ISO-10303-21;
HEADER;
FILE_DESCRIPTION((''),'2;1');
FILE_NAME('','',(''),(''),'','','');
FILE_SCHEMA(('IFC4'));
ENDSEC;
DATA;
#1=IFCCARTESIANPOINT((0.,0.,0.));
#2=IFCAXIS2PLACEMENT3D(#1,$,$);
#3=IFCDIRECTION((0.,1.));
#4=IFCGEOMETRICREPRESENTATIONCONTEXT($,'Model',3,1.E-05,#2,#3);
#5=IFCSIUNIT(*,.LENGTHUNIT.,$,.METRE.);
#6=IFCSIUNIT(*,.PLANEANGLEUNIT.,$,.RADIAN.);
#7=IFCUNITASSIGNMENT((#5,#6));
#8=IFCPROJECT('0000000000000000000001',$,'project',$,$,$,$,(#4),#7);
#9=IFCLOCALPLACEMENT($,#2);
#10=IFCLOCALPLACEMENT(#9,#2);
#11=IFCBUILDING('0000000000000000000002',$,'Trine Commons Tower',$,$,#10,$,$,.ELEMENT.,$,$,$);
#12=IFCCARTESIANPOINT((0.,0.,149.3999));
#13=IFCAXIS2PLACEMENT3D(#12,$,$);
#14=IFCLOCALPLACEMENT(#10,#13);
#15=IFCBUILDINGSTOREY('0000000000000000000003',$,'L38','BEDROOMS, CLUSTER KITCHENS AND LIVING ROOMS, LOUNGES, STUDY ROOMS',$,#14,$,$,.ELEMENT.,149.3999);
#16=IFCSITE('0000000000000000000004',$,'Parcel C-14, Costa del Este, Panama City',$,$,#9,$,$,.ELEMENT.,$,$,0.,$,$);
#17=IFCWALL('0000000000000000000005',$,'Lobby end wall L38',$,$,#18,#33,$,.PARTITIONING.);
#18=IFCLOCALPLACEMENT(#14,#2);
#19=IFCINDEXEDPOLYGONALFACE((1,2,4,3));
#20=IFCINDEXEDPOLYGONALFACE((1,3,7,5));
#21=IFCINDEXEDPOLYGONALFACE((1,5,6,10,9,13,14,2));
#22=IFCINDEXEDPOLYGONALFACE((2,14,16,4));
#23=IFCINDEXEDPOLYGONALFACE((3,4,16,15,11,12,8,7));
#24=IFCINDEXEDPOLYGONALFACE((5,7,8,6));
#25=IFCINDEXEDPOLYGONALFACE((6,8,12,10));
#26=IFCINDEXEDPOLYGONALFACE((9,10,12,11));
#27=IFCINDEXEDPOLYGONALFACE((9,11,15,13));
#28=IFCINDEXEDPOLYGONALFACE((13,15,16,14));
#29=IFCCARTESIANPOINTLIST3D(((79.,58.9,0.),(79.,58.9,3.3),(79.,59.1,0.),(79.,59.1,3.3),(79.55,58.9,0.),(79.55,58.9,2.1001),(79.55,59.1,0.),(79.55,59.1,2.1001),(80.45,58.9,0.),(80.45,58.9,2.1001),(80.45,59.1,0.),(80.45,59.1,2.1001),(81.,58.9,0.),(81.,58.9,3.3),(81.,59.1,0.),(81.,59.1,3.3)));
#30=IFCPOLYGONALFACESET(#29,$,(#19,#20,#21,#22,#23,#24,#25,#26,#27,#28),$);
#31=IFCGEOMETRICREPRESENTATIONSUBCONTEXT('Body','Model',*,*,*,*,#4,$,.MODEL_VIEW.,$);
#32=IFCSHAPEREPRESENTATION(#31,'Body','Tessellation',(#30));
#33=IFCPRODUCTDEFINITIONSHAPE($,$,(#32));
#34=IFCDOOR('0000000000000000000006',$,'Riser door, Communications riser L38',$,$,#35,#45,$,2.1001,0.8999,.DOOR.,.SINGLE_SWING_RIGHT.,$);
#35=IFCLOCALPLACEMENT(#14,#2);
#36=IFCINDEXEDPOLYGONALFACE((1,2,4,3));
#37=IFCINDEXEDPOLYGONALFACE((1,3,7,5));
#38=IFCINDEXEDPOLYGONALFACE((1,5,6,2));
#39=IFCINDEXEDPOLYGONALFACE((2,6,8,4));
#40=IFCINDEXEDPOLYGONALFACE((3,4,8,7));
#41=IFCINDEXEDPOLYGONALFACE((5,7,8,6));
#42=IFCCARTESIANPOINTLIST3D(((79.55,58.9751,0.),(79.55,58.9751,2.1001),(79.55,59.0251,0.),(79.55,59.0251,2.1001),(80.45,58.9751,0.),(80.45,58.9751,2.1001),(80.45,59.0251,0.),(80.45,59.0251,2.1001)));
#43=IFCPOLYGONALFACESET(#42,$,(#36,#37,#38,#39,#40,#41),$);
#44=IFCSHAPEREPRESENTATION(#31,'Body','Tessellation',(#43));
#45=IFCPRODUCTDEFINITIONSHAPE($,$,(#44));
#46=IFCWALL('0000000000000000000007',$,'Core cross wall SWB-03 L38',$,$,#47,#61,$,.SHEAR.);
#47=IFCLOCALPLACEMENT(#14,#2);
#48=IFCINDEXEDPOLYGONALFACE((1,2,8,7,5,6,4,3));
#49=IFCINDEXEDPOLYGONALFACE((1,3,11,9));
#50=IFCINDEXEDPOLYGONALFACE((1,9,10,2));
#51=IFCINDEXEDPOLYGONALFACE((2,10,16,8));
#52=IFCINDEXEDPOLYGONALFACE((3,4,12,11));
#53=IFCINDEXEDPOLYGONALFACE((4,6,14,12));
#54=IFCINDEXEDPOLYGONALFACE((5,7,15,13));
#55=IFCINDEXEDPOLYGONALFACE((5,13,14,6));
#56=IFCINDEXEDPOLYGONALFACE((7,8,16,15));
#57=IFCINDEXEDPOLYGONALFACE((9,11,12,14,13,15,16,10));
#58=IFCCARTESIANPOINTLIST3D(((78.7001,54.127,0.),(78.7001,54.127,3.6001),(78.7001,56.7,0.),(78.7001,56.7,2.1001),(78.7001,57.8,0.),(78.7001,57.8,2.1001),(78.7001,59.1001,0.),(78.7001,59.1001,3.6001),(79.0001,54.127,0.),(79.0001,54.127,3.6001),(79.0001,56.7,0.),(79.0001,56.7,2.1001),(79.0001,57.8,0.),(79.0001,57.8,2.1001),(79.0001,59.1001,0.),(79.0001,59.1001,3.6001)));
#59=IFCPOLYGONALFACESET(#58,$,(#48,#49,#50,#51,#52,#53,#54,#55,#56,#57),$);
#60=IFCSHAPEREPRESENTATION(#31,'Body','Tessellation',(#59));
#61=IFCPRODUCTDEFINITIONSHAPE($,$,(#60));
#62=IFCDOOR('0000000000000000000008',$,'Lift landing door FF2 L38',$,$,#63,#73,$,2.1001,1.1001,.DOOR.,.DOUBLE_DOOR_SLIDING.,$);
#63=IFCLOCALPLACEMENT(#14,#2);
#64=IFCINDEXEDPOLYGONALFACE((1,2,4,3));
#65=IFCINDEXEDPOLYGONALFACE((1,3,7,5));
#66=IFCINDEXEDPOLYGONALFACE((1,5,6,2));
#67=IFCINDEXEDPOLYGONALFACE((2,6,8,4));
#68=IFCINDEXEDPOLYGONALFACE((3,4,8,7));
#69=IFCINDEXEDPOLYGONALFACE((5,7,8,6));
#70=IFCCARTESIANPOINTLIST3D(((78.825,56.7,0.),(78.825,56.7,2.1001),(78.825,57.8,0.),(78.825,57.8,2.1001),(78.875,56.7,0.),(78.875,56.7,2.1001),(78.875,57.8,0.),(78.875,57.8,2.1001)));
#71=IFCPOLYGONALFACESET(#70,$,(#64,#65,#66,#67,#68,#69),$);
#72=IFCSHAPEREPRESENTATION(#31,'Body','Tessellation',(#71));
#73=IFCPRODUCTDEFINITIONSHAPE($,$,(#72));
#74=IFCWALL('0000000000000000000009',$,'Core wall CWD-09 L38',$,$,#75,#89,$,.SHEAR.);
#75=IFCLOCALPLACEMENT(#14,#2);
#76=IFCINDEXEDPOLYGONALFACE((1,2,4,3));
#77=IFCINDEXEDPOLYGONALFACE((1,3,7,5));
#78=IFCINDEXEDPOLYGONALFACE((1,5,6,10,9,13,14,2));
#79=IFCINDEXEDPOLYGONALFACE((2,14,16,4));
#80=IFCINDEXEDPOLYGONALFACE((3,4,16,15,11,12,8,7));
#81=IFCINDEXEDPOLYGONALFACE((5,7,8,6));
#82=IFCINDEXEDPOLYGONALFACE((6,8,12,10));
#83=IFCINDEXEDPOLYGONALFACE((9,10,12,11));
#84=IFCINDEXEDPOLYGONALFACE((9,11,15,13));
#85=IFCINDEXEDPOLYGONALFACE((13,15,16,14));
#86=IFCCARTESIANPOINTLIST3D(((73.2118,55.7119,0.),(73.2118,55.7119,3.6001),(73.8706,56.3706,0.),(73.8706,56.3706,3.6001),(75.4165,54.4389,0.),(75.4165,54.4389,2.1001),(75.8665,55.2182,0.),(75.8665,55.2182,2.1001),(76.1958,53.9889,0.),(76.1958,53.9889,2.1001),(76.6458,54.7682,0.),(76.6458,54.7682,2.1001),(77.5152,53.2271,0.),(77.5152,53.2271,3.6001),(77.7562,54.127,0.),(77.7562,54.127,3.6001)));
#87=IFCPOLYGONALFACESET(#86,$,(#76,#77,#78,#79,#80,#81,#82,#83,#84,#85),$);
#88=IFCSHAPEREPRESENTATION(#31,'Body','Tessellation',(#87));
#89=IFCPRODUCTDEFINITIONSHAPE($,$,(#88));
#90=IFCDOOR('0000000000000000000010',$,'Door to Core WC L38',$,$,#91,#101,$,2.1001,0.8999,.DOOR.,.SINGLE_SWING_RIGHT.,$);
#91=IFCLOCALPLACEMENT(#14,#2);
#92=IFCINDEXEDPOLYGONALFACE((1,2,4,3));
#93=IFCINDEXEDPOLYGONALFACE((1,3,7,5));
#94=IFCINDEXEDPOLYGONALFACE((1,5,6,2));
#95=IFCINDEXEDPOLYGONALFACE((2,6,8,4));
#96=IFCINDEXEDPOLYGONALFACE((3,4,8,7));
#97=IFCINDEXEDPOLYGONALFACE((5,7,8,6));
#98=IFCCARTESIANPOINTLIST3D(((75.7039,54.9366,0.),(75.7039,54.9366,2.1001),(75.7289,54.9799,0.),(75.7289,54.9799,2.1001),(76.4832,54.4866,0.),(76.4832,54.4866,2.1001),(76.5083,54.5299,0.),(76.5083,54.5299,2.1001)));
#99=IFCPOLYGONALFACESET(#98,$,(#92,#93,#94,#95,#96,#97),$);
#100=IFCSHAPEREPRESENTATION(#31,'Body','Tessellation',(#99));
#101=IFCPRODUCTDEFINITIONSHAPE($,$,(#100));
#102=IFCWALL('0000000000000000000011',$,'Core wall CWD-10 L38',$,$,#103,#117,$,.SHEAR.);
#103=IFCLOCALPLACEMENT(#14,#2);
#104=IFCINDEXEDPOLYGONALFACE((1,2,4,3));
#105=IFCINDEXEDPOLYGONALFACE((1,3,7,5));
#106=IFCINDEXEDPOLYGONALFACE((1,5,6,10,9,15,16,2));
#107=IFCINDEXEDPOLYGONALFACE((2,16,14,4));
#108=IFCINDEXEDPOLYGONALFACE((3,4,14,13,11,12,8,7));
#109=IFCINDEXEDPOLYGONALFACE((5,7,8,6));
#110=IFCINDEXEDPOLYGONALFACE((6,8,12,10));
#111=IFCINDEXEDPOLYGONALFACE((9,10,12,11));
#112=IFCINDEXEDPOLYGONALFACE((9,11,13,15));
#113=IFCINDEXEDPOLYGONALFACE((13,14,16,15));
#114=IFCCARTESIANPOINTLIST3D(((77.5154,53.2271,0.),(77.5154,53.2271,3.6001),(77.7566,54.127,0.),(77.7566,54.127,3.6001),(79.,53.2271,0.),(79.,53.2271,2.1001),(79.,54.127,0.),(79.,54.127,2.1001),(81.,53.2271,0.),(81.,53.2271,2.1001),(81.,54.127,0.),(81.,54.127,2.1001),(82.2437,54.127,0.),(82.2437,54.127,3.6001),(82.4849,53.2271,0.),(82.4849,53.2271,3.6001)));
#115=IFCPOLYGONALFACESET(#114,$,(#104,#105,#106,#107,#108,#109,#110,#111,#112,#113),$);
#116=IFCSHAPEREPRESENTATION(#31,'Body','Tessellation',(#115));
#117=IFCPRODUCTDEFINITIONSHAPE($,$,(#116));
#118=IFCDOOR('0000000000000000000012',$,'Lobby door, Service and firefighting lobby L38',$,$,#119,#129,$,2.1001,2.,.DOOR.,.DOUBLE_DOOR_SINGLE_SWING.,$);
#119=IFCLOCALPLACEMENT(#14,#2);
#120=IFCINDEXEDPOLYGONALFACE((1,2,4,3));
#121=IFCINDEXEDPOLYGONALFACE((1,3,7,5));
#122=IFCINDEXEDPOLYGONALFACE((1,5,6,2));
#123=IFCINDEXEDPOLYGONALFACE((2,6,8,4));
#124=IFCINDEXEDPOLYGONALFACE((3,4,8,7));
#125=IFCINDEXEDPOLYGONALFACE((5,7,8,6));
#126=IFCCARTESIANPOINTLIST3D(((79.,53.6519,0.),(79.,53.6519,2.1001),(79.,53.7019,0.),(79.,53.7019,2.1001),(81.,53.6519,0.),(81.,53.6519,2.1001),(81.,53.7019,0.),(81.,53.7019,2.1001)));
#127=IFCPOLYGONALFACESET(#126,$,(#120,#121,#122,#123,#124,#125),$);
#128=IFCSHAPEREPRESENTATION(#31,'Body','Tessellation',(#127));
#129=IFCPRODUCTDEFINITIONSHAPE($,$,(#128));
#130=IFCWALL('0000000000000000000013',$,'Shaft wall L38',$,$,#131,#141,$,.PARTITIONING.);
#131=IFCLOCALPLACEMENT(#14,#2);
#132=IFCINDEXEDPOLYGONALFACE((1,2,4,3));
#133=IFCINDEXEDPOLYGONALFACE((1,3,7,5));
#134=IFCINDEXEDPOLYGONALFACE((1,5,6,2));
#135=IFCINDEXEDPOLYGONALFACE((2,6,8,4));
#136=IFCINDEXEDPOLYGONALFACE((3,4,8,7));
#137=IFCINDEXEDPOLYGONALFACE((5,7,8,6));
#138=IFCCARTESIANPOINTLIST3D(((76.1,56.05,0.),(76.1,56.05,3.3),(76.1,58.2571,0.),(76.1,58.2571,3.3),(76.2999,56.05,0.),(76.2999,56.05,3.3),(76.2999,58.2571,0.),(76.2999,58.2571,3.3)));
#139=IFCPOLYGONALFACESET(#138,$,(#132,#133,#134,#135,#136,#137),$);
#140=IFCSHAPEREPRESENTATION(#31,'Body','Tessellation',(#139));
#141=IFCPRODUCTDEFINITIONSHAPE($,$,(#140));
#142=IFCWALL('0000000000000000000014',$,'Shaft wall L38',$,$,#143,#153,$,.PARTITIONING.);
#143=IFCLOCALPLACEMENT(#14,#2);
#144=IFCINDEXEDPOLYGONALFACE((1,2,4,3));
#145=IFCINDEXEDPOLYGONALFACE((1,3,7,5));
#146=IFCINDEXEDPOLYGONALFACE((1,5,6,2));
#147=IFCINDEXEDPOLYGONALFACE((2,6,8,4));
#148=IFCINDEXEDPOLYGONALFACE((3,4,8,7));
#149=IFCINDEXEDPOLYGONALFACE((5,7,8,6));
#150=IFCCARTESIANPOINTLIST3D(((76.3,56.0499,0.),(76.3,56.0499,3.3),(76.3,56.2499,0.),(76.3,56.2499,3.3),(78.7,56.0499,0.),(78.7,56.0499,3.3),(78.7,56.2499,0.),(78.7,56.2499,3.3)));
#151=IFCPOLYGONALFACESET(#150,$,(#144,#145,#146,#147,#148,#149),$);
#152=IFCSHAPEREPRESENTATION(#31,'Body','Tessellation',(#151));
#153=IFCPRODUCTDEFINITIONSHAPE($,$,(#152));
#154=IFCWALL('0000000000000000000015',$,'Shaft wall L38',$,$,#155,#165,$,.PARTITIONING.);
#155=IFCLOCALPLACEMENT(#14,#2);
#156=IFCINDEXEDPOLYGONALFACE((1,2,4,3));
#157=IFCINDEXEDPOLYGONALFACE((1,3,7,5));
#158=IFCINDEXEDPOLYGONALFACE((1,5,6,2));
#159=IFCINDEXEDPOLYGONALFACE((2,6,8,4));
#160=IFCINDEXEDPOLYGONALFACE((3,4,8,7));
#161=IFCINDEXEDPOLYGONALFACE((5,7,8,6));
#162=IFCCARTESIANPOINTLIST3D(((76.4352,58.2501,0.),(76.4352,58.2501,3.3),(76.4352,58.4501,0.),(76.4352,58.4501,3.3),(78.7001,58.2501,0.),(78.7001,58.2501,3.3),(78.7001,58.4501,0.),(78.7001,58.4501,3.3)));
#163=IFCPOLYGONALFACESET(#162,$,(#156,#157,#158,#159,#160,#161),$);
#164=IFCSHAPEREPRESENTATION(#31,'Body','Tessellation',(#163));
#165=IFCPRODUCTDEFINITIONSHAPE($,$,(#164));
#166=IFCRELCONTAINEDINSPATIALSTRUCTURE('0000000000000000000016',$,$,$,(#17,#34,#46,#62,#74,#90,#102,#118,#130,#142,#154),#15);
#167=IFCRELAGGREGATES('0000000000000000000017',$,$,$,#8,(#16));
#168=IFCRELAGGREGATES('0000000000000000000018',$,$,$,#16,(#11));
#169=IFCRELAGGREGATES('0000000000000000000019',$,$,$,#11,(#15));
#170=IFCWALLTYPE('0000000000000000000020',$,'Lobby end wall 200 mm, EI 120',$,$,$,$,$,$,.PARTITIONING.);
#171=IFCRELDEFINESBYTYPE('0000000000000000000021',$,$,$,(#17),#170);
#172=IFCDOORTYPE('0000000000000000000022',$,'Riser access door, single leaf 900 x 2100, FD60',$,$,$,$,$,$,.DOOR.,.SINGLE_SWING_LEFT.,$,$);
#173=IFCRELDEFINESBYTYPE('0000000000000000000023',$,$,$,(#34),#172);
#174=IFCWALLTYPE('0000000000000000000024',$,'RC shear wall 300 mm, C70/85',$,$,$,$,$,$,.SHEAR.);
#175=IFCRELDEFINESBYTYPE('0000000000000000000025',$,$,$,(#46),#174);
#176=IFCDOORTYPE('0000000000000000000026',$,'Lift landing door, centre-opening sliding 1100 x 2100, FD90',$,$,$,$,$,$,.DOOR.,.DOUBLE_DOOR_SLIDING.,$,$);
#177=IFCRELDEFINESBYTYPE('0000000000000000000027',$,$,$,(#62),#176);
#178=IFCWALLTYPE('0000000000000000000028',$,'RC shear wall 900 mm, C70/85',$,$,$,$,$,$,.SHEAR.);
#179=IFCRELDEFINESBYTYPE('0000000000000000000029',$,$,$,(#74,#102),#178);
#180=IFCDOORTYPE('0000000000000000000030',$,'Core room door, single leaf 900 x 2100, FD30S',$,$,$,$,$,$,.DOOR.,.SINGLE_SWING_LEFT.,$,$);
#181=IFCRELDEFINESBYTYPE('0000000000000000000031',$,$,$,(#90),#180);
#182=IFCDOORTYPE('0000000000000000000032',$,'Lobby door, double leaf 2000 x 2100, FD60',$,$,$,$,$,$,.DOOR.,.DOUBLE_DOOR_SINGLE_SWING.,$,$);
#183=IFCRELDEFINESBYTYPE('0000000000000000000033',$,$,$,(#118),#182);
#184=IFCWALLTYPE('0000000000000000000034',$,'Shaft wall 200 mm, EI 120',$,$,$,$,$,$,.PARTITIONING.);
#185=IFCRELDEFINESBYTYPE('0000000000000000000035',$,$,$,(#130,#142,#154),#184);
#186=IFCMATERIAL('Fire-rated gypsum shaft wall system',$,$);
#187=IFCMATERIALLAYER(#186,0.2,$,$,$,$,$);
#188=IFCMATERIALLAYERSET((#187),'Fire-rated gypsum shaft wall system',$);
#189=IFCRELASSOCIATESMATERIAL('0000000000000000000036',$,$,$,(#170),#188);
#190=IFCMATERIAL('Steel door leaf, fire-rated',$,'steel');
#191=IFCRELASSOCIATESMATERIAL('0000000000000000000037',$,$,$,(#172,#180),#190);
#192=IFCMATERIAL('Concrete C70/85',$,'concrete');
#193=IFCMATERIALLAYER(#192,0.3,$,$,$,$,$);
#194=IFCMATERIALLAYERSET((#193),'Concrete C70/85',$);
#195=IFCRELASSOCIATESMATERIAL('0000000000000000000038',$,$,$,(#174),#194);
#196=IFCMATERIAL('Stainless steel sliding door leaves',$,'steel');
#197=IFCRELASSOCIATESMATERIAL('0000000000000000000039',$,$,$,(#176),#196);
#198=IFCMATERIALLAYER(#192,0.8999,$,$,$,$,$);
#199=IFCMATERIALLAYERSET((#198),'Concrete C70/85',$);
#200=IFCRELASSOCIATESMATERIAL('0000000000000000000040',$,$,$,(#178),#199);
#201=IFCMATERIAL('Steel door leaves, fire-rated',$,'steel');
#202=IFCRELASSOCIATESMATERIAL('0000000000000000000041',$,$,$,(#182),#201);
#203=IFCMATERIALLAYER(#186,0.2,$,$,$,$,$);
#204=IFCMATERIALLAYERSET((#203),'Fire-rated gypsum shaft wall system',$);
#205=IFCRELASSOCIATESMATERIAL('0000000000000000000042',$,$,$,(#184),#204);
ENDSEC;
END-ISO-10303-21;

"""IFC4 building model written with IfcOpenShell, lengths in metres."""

from ifc_helpers import new_model, si_unit, direction, frame, frame_2d, origin, place, context, subcontext, project, spatial, polyline, rectangle, outline, extrude, material, layer, layer_set, type_object, element, fill, save


model = new_model("IFC4")

# Units and contexts
model_context = context("Model", 3, precision=1e-05, world=origin(), true_north=direction((0.0, 1.0)))
body_context = subcontext(model_context, "Body", "Model", "MODEL_VIEW")
ifc_project = project(units=[si_unit("LENGTHUNIT", "METRE"), si_unit("PLANEANGLEUNIT", "RADIAN")], contexts=[model_context])

# Site, building, storey
site_placement = place(None, origin())
site = spatial("IfcSite", under=ifc_project, at=site_placement, Name="Parcel C-14, Costa del Este, Panama City", CompositionType="ELEMENT", RefElevation=0.0)
building_placement = place(site_placement, origin())
building = spatial("IfcBuilding", under=site, at=building_placement, Name="Trine Commons Tower", CompositionType="ELEMENT")
storey_placement = place(building_placement, frame((0.0, 0.0, 149.3999)))
storey = spatial("IfcBuildingStorey", under=building, at=storey_placement, Name="L38", Description="BEDROOMS, CLUSTER KITCHENS AND LIVING ROOMS, LOUNGES, STUDY ROOMS", CompositionType="ELEMENT", Elevation=149.3999)

# Walls, openings, doors
ifc_material_1 = material(Name="Fire-rated gypsum shaft wall system")
ifc_layer_1 = layer(ifc_material_1, 0.2)
ifc_layer_set_1 = layer_set([ifc_layer_1], Name="Fire-rated gypsum shaft wall system")
wall_type_1 = type_object("IfcWallType", Name="Lobby end wall 200 mm, EI 120", PredefinedType="PARTITIONING", material=ifc_layer_set_1)
wall_1_placement = place(storey_placement, frame((79.0, 59.0, 0.0), z_axis=(0.0, 0.0, 1.0), x_axis=(1.0, 0.0, 0.0)))
wall_1 = element("IfcWall", 1, at=wall_1_placement, inside=storey, type_object=wall_type_1, Name="Lobby end wall L38", PredefinedType="PARTITIONING", context=body_context, shape_type="SweptSolid", body=[
    extrude(rectangle(XDim=2.0, YDim=0.2, at=frame_2d((1.0, 0.0))), origin(), (0.0, 0.0, 1.0), 3.3),
])
opening_1_placement = place(wall_1_placement, frame((0.55, 0.0, 0.0)))
opening_1 = element("IfcOpeningElement", 2, at=opening_1_placement, cuts=wall_1, PredefinedType="OPENING", context=body_context, shape_type="SweptSolid", body=[
    extrude(rectangle(XDim=0.8999, YDim=2.1001, at=frame_2d((0.45, 1.05))), frame((0.0, 0.1099, 0.0), z_axis=(0.0, -1.0, 0.0), x_axis=(1.0, 0.0, 0.0)), (0.0, 0.0, 1.0), 0.22),
])
ifc_material_2 = material(Name="Steel door leaf, fire-rated", Category="steel")
door_type_1 = type_object("IfcDoorType", Name="Riser access door, single leaf 900 x 2100, FD60", OperationType="SINGLE_SWING_LEFT", PredefinedType="DOOR", material=ifc_material_2)
door_1_placement = place(opening_1_placement, frame((0.8999, 0.0, 0.0), z_axis=(0.0, 0.0, 1.0), x_axis=(-1.0, 0.0, 0.0)))
door_1 = element("IfcDoor", 3, at=door_1_placement, inside=storey, type_object=door_type_1, Name="Riser door, Communications riser L38", OperationType="SINGLE_SWING_RIGHT", OverallHeight=2.1001, OverallWidth=0.8999, PredefinedType="DOOR", context=body_context, shape_type="SweptSolid", body=[
    extrude(rectangle(XDim=0.8999, YDim=2.1001, at=frame_2d((0.45, 1.05))), frame((0.0, 0.0249, 0.0), z_axis=(0.0, -1.0, 0.0), x_axis=(1.0, 0.0, 0.0)), (0.0, 0.0, 1.0), 0.05),
])
fill(opening_1, door_1)
ifc_material_3 = material(Name="Concrete C70/85", Category="concrete")
ifc_layer_2 = layer(ifc_material_3, 0.3)
ifc_layer_set_2 = layer_set([ifc_layer_2], Name="Concrete C70/85")
wall_type_2 = type_object("IfcWallType", Name="RC shear wall 300 mm, C70/85", PredefinedType="SHEAR", material=ifc_layer_set_2)
wall_2_placement = place(storey_placement, frame((78.8501, 59.1001, 0.0), z_axis=(0.0, 0.0, 1.0), x_axis=(0.0, -1.0, 0.0)))
wall_2 = element("IfcWall", 4, at=wall_2_placement, inside=storey, type_object=wall_type_2, Name="Core cross wall SWB-03 L38", PredefinedType="SHEAR", context=body_context, shape_type="SweptSolid", body=[
    extrude(rectangle(XDim=4.9731, YDim=0.3, at=frame_2d((2.4866, 0.0))), origin(), (0.0, 0.0, 1.0), 3.6001),
])
opening_2_placement = place(wall_2_placement, frame((1.3, 0.0, 0.0)))
opening_2 = element("IfcOpeningElement", 5, at=opening_2_placement, cuts=wall_2, PredefinedType="OPENING", context=body_context, shape_type="SweptSolid", body=[
    extrude(rectangle(XDim=1.1001, YDim=2.1001, at=frame_2d((0.55, 1.05))), frame((0.0, 0.1599, 0.0), z_axis=(0.0, -1.0, 0.0), x_axis=(1.0, 0.0, 0.0)), (0.0, 0.0, 1.0), 0.3201),
])
ifc_material_4 = material(Name="Stainless steel sliding door leaves", Category="steel")
door_type_2 = type_object("IfcDoorType", Name="Lift landing door, centre-opening sliding 1100 x 2100, FD90", OperationType="DOUBLE_DOOR_SLIDING", PredefinedType="DOOR", material=ifc_material_4)
door_2_placement = place(opening_2_placement, origin())
door_2 = element("IfcDoor", 6, at=door_2_placement, inside=storey, type_object=door_type_2, Name="Lift landing door FF2 L38", OperationType="DOUBLE_DOOR_SLIDING", OverallHeight=2.1001, OverallWidth=1.1001, PredefinedType="DOOR", context=body_context, shape_type="SweptSolid", body=[
    extrude(rectangle(XDim=1.1001, YDim=2.1001, at=frame_2d((0.55, 1.05))), frame((0.0, 0.0249, 0.0), z_axis=(0.0, -1.0, 0.0), x_axis=(1.0, 0.0, 0.0)), (0.0, 0.0, 1.0), 0.05),
])
fill(opening_2, door_2)
ifc_layer_3 = layer(ifc_material_3, 0.8999)
ifc_layer_set_3 = layer_set([ifc_layer_3], Name="Concrete C70/85")
wall_type_3 = type_object("IfcWallType", Name="RC shear wall 900 mm, C70/85", PredefinedType="SHEAR", material=ifc_layer_set_3)
wall_3_placement = place(storey_placement, frame((73.4368, 56.1016, 0.0), z_axis=(0.0, 0.0, 1.0), x_axis=(0.866003, -0.500039, 0.0)))
wall_3 = element("IfcWall", 7, at=wall_3_placement, inside=storey, type_object=wall_type_3, Name="Core wall CWD-09 L38", PredefinedType="SHEAR", context=body_context, shape_type="SweptSolid", body=[
    extrude(outline(polyline([(0.0, -0.45), (4.9692, -0.45), (4.728, 0.45), (0.2412, 0.45), (0.0, -0.45)])), origin(), (0.0, 0.0, 1.0), 3.6001),
])
opening_3_placement = place(wall_3_placement, frame((2.5459, 0.0, 0.0)))
opening_3 = element("IfcOpeningElement", 8, at=opening_3_placement, cuts=wall_3, PredefinedType="OPENING", context=body_context, shape_type="SweptSolid", body=[
    extrude(rectangle(XDim=0.8999, YDim=2.1001, at=frame_2d((0.45, 1.05))), frame((0.0, 0.46, 0.0), z_axis=(0.0, -1.0, 0.0), x_axis=(1.0, 0.0, 0.0)), (0.0, 0.0, 1.0), 0.9199),
])
door_type_3 = type_object("IfcDoorType", Name="Core room door, single leaf 900 x 2100, FD30S", OperationType="SINGLE_SWING_LEFT", PredefinedType="DOOR", material=ifc_material_2)
door_3_placement = place(opening_3_placement, origin())
door_3 = element("IfcDoor", 9, at=door_3_placement, inside=storey, type_object=door_type_3, Name="Door to Core WC L38", OperationType="SINGLE_SWING_RIGHT", OverallHeight=2.1001, OverallWidth=0.8999, PredefinedType="DOOR", context=body_context, shape_type="SweptSolid", body=[
    extrude(rectangle(XDim=0.8999, YDim=2.1001, at=frame_2d((0.45, 1.05))), frame((0.0, 0.1748, 0.0), z_axis=(0.0, -1.0, 0.0), x_axis=(1.0, 0.0, 0.0)), (0.0, 0.0, 1.0), 0.05),
])
fill(opening_3, door_3)
wall_4_placement = place(storey_placement, frame((77.5154, 53.677, 0.0), z_axis=(0.0, 0.0, 1.0), x_axis=(1.0, 0.0, 0.0)))
wall_4 = element("IfcWall", 10, at=wall_4_placement, inside=storey, type_object=wall_type_3, Name="Core wall CWD-10 L38", PredefinedType="SHEAR", context=body_context, shape_type="SweptSolid", body=[
    extrude(outline(polyline([(0.0, -0.45), (4.9695, -0.45), (4.7283, 0.45), (0.2412, 0.45), (0.0, -0.45)])), origin(), (0.0, 0.0, 1.0), 3.6001),
])
opening_4_placement = place(wall_4_placement, frame((1.4846, 0.0, 0.0)))
opening_4 = element("IfcOpeningElement", 11, at=opening_4_placement, cuts=wall_4, PredefinedType="OPENING", context=body_context, shape_type="SweptSolid", body=[
    extrude(rectangle(XDim=2.0, YDim=2.1001, at=frame_2d((1.0, 1.05))), frame((0.0, 0.46, 0.0), z_axis=(0.0, -1.0, 0.0), x_axis=(1.0, 0.0, 0.0)), (0.0, 0.0, 1.0), 0.9199),
])
ifc_material_5 = material(Name="Steel door leaves, fire-rated", Category="steel")
door_type_4 = type_object("IfcDoorType", Name="Lobby door, double leaf 2000 x 2100, FD60", OperationType="DOUBLE_DOOR_SINGLE_SWING", PredefinedType="DOOR", material=ifc_material_5)
door_4_placement = place(opening_4_placement, origin())
door_4 = element("IfcDoor", 12, at=door_4_placement, inside=storey, type_object=door_type_4, Name="Lobby door, Service and firefighting lobby L38", OperationType="DOUBLE_DOOR_SINGLE_SWING", OverallHeight=2.1001, OverallWidth=2.0, PredefinedType="DOOR", context=body_context, shape_type="SweptSolid", body=[
    extrude(rectangle(XDim=2.0, YDim=2.1001, at=frame_2d((1.0, 1.05))), frame((0.0, 0.0249, 0.0), z_axis=(0.0, -1.0, 0.0), x_axis=(1.0, 0.0, 0.0)), (0.0, 0.0, 1.0), 0.05),
])
fill(opening_4, door_4)

# Walls
ifc_layer_4 = layer(ifc_material_1, 0.2)
ifc_layer_set_4 = layer_set([ifc_layer_4], Name="Fire-rated gypsum shaft wall system")
wall_type_4 = type_object("IfcWallType", Name="Shaft wall 200 mm, EI 120", PredefinedType="PARTITIONING", material=ifc_layer_set_4)
wall_5_placement = place(storey_placement, frame((76.2, 58.2571, 0.0), z_axis=(0.0, 0.0, 1.0), x_axis=(0.0, -1.0, 0.0)))
element("IfcWall", 13, at=wall_5_placement, inside=storey, type_object=wall_type_4, Name="Shaft wall L38", PredefinedType="PARTITIONING", context=body_context, shape_type="SweptSolid", body=[
    extrude(rectangle(XDim=2.207, YDim=0.2, at=frame_2d((1.1035, 0.0))), origin(), (0.0, 0.0, 1.0), 3.3),
])
wall_6_placement = place(storey_placement, frame((78.7, 56.1499, 0.0), z_axis=(0.0, 0.0, 1.0), x_axis=(-1.0, 0.0, 0.0)))
element("IfcWall", 14, at=wall_6_placement, inside=storey, type_object=wall_type_4, Name="Shaft wall L38", PredefinedType="PARTITIONING", context=body_context, shape_type="SweptSolid", body=[
    extrude(rectangle(XDim=2.3999, YDim=0.2, at=frame_2d((1.2, 0.0))), origin(), (0.0, 0.0, 1.0), 3.3),
])
wall_7_placement = place(storey_placement, frame((78.7, 58.3501, 0.0), z_axis=(0.0, 0.0, 1.0), x_axis=(-1.0, 0.0, 0.0)))
element("IfcWall", 15, at=wall_7_placement, inside=storey, type_object=wall_type_4, Name="Shaft wall L38", PredefinedType="PARTITIONING", context=body_context, shape_type="SweptSolid", body=[
    extrude(rectangle(XDim=2.2649, YDim=0.2, at=frame_2d((1.1323, 0.0))), origin(), (0.0, 0.0, 1.0), 3.3),
])

save(model, "model.ifc")
